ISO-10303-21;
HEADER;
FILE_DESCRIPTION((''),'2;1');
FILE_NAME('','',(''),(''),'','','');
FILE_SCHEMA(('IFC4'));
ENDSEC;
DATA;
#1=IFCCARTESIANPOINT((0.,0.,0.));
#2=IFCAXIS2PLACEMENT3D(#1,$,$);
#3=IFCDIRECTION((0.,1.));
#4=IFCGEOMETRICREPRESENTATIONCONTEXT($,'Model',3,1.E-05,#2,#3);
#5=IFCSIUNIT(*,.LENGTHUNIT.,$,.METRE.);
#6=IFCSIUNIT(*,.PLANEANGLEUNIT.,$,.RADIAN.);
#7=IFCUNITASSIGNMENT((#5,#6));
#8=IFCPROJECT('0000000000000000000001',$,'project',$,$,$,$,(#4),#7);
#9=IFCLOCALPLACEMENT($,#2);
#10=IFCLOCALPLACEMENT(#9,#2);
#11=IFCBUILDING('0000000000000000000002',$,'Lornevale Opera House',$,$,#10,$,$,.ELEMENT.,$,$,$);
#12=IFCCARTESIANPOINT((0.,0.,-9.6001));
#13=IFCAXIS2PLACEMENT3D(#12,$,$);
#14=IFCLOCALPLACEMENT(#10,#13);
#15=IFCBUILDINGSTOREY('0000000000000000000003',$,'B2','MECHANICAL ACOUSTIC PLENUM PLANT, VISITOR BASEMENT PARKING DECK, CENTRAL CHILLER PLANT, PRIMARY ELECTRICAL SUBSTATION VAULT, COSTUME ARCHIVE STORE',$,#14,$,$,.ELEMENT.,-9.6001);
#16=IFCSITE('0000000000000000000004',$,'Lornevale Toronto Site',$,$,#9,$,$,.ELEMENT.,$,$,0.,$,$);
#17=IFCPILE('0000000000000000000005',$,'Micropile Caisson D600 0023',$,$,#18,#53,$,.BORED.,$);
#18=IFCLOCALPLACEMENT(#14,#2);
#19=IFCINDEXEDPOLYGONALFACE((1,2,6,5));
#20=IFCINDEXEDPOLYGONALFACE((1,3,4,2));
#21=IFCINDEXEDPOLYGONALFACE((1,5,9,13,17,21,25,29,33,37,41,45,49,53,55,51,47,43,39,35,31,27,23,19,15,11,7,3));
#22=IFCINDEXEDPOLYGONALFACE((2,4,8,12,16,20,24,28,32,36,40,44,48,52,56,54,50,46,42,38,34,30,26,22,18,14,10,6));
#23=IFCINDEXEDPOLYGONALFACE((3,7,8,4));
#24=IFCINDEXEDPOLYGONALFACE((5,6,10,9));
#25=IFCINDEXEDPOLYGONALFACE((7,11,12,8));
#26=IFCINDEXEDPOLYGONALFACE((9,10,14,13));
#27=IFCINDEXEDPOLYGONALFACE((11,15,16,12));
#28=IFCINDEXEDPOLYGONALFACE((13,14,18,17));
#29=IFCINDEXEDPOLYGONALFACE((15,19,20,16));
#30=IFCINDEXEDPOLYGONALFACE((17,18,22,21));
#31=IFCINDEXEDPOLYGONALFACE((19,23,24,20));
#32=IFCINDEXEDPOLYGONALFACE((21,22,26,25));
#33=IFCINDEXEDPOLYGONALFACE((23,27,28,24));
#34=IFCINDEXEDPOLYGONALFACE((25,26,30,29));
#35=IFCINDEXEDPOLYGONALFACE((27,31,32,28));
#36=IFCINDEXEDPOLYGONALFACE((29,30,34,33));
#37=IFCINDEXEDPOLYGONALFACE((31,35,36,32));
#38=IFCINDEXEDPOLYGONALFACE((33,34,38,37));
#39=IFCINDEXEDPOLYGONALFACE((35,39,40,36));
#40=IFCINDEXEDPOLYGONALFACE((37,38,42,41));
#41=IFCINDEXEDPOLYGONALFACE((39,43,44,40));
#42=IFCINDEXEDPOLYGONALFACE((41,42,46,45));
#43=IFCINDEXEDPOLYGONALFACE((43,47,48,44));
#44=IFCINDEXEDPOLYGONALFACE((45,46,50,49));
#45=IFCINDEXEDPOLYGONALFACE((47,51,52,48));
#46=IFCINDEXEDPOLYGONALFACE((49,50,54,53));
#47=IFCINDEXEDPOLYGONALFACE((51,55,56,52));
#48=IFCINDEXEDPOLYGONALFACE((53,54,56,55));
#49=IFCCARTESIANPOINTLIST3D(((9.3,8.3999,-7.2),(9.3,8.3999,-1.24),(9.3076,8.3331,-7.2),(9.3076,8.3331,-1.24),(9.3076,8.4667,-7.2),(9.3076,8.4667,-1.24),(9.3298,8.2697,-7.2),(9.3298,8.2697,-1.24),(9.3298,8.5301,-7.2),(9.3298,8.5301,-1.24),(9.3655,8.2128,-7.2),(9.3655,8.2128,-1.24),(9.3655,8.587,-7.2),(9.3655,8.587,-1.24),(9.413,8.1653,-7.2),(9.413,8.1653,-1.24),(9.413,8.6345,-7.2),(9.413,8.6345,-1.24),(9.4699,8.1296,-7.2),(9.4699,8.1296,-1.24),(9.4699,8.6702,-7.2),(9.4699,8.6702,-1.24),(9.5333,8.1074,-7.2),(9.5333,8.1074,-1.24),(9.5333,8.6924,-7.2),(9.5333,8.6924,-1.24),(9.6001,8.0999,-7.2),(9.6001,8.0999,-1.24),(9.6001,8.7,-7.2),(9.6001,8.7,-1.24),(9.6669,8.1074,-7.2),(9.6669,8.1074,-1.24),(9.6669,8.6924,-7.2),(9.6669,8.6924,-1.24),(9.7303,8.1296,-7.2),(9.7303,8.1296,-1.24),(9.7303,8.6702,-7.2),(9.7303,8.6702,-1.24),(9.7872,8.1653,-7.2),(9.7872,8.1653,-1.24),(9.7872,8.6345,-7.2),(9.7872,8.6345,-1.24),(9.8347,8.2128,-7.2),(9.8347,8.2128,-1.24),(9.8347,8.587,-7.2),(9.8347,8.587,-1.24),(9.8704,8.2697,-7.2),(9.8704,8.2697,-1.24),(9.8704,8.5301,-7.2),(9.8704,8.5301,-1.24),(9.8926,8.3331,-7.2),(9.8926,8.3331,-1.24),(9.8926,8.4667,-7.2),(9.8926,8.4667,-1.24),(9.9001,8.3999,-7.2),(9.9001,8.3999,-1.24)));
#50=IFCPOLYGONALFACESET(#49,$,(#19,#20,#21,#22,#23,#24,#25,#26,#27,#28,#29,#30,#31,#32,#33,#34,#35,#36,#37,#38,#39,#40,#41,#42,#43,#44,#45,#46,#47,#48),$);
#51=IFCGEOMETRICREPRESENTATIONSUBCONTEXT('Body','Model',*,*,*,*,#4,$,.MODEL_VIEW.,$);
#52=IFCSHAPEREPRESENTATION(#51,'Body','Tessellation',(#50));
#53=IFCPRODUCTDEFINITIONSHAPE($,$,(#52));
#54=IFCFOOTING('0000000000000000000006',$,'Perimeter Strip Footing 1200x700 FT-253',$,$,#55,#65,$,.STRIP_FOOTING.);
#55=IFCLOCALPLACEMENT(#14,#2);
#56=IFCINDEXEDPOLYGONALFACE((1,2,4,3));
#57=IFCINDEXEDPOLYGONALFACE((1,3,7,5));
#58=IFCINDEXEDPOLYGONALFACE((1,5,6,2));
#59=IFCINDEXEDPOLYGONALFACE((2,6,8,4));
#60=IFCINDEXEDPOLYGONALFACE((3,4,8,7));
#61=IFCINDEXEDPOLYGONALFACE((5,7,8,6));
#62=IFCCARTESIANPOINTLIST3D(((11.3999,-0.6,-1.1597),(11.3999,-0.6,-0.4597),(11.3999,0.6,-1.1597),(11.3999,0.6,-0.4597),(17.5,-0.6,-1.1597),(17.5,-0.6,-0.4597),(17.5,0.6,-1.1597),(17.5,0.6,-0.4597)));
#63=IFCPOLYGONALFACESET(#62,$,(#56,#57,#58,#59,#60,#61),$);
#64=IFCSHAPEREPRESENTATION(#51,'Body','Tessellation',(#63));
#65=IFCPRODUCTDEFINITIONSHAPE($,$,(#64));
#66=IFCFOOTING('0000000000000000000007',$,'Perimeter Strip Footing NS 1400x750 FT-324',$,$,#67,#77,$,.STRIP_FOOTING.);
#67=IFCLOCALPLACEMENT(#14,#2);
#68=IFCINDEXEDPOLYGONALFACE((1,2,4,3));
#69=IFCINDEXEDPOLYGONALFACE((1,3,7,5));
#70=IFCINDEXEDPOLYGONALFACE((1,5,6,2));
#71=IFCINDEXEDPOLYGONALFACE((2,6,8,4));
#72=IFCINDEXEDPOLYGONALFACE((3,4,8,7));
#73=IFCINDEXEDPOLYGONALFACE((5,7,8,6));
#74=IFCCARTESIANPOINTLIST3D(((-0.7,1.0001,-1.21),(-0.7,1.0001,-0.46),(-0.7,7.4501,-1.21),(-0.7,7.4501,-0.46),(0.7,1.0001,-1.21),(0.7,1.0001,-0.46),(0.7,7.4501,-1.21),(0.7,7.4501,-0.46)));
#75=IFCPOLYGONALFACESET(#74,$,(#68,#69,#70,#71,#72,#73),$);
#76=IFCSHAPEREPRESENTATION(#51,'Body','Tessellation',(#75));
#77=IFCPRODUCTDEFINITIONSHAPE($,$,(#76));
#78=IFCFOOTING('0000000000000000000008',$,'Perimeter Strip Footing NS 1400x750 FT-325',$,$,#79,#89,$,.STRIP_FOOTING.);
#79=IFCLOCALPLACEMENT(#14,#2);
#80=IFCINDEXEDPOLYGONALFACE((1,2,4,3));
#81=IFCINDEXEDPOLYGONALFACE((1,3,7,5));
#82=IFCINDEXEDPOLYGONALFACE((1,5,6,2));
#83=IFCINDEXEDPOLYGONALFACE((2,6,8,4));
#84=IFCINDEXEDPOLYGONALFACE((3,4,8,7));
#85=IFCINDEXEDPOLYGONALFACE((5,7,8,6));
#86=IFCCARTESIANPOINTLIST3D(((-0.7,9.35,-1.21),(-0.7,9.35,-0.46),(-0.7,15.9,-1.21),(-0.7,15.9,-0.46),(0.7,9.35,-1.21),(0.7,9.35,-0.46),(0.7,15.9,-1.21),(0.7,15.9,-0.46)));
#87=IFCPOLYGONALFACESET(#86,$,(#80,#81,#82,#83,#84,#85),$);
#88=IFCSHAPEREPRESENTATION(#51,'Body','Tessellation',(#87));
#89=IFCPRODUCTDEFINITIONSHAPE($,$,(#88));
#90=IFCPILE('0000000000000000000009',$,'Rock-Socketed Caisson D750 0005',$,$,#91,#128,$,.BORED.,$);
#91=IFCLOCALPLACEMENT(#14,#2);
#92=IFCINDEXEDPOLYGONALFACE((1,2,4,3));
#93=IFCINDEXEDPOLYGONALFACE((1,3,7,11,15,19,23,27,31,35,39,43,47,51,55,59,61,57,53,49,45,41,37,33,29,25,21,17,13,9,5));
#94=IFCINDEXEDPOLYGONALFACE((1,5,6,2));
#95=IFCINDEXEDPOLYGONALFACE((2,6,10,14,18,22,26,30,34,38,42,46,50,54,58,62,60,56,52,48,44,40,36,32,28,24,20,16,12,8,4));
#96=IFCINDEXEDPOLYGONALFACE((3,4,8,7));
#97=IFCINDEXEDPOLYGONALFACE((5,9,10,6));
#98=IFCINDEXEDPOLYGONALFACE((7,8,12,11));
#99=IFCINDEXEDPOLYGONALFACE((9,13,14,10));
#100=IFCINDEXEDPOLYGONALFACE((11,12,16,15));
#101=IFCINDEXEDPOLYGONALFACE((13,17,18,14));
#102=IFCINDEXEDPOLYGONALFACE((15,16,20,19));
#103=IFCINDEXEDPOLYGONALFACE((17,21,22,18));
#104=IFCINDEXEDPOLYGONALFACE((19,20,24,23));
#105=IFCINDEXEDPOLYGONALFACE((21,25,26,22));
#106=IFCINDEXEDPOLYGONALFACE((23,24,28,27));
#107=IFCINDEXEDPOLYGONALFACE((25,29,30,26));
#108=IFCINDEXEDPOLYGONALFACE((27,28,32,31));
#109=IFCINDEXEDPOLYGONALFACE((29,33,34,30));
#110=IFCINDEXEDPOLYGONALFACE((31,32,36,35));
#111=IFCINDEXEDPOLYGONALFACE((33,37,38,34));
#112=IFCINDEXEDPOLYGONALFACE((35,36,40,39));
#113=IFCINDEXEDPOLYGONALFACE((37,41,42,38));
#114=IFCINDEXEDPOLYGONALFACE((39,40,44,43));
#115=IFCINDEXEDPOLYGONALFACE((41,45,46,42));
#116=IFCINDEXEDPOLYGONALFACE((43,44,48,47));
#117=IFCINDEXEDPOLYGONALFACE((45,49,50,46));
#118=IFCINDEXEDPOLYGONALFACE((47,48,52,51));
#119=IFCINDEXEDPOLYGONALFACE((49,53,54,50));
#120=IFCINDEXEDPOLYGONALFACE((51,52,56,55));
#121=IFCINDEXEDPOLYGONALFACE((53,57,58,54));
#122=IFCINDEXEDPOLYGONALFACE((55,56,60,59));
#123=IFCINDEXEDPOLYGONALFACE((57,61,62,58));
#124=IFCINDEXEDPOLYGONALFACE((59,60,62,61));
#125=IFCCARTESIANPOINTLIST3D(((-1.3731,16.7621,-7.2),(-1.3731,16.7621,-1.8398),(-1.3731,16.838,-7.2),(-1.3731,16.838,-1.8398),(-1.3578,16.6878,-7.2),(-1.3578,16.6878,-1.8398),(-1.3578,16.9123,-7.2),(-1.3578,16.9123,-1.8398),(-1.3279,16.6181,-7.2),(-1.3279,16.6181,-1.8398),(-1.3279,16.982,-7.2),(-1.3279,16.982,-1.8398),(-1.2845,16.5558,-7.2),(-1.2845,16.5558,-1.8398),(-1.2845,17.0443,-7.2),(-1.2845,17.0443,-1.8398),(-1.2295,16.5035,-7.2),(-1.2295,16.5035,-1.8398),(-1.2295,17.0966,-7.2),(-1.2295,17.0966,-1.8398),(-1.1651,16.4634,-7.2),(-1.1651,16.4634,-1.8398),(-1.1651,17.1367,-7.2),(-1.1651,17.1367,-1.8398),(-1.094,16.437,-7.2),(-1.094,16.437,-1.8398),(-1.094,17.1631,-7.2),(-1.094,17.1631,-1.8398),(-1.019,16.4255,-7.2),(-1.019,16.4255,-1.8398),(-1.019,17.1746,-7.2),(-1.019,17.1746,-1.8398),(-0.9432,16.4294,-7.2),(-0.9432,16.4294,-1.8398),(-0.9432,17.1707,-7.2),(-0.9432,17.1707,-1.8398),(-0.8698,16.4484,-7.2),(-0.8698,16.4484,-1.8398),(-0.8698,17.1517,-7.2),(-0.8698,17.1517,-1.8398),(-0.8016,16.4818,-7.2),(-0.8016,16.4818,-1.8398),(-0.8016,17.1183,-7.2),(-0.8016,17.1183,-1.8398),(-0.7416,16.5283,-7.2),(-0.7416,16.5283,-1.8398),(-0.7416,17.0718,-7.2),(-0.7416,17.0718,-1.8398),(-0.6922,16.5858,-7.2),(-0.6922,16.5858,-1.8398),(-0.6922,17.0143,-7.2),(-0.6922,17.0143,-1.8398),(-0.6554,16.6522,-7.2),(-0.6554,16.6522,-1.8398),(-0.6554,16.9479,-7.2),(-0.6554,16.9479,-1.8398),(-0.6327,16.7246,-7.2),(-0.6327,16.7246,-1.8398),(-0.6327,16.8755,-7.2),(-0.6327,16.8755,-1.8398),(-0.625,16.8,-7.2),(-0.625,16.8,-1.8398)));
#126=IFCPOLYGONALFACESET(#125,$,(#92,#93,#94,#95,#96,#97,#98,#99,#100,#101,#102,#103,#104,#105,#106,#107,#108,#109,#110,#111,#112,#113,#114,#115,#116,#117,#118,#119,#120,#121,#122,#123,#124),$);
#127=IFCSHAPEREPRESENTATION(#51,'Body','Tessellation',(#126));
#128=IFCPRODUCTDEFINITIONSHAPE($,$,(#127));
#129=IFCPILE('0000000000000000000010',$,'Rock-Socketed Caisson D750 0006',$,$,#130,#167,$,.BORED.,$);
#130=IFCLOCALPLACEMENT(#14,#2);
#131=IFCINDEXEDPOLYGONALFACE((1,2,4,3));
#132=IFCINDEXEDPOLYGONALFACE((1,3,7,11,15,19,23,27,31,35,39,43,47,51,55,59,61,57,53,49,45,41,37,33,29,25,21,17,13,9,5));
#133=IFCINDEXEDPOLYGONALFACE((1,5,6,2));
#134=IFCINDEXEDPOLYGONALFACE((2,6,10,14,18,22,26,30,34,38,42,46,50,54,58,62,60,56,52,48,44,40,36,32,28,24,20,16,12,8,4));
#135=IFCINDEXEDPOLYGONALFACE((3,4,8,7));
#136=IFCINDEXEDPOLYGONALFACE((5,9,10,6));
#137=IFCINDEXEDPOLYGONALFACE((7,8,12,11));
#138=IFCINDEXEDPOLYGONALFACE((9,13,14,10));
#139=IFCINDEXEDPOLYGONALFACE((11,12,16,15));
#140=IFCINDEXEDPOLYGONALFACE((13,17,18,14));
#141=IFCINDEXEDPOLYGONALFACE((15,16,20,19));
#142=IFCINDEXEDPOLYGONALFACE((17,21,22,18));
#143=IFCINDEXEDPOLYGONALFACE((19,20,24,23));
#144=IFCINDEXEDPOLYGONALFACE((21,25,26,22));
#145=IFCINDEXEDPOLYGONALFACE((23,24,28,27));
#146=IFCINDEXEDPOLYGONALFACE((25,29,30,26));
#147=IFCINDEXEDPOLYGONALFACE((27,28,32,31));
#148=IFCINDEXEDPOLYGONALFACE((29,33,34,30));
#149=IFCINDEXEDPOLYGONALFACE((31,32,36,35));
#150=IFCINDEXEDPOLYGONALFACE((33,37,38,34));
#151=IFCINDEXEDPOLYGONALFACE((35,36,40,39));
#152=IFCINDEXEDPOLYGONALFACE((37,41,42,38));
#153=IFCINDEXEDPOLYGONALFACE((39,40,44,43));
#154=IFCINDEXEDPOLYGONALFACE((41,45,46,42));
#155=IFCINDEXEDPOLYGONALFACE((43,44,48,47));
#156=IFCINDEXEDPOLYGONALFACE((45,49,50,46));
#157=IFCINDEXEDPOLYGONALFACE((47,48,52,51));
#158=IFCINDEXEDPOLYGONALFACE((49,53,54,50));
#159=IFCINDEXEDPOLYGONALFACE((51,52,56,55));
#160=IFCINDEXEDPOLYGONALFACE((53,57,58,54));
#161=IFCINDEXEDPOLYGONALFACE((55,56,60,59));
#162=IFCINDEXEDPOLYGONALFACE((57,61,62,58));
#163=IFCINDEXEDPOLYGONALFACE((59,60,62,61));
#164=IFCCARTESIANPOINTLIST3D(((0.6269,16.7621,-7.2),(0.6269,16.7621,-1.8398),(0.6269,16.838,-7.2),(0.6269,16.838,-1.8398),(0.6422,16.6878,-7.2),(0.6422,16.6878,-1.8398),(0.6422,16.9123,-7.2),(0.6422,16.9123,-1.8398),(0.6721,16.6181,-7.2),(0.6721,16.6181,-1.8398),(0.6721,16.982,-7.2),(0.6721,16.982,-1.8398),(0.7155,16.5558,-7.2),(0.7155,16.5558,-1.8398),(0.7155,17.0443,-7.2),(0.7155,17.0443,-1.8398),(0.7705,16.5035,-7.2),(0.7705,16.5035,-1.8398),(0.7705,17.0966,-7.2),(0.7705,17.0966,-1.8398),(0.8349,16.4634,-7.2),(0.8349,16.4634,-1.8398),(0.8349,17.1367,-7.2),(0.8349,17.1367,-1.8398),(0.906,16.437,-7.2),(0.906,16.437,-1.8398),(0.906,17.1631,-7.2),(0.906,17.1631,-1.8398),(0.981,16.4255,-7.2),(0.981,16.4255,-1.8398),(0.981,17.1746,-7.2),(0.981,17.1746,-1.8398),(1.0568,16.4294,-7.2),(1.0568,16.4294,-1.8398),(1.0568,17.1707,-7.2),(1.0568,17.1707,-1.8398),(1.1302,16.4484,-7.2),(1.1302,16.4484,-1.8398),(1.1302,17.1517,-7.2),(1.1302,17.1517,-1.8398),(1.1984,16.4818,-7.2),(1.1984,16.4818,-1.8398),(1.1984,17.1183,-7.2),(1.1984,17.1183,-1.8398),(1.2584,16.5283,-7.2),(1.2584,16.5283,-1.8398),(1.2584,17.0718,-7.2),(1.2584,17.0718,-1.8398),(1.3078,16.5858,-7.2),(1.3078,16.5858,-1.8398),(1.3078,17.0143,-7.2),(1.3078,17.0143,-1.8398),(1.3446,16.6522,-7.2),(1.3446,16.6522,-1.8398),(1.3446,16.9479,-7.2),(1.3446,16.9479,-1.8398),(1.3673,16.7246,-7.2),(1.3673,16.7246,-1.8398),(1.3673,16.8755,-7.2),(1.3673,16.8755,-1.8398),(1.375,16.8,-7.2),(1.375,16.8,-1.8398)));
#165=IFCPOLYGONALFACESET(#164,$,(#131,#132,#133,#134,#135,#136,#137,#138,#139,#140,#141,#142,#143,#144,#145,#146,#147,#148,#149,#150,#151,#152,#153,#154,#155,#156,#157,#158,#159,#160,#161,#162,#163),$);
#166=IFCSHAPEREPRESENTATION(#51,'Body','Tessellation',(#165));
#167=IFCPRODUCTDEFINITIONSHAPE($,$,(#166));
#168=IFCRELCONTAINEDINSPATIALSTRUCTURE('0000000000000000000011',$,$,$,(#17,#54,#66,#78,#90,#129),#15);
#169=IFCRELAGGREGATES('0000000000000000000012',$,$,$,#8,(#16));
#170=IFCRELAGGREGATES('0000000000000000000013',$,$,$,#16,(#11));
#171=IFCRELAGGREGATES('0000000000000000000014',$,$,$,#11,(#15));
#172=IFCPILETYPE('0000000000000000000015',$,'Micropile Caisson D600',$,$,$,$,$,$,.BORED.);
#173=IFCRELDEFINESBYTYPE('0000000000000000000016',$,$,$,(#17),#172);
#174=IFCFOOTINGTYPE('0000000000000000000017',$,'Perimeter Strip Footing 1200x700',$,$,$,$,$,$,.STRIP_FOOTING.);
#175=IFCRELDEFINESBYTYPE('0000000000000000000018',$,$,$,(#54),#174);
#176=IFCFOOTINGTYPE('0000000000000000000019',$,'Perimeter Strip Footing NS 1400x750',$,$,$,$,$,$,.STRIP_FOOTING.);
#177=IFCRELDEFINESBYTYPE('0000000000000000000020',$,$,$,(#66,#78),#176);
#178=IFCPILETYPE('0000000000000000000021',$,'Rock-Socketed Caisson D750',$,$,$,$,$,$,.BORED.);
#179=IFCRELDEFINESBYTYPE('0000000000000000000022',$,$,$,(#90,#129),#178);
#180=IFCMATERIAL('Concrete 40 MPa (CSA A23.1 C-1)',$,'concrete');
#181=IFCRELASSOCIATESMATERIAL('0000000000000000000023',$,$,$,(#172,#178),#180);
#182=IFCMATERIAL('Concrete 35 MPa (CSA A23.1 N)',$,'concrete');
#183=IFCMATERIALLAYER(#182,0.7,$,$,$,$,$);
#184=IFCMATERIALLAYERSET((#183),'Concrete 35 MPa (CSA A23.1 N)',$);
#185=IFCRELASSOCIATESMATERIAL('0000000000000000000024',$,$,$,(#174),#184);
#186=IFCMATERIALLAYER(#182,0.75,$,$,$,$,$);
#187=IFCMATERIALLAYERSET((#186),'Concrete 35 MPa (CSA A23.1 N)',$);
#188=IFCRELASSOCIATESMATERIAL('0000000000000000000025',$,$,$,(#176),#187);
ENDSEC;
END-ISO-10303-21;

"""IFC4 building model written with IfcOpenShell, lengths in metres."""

from ifc_helpers import new_model, si_unit, direction, frame, origin, origin_2d, place, context, subcontext, project, spatial, rectangle, circle, extrude, material, layer, layer_set, material_profile, profile_set, type_object, element, save


model = new_model("IFC4")

# Units and contexts
model_context = context("Model", 3, precision=1e-05, world=origin(), true_north=direction((0.0, 1.0)))
body_context = subcontext(model_context, "Body", "Model", "MODEL_VIEW")
ifc_project = project(units=[si_unit("LENGTHUNIT", "METRE"), si_unit("PLANEANGLEUNIT", "RADIAN")], contexts=[model_context])

# Site, building, storey
site_placement = place(None, origin())
site = spatial("IfcSite", under=ifc_project, at=site_placement, Name="Lornevale Toronto Site", CompositionType="ELEMENT", RefElevation=0.0)
building_placement = place(site_placement, origin())
building = spatial("IfcBuilding", under=site, at=building_placement, Name="Lornevale Opera House", CompositionType="ELEMENT")
storey_placement = place(building_placement, frame((0.0, 0.0, -9.6001)))
storey = spatial("IfcBuildingStorey", under=building, at=storey_placement, Name="B2", Description="MECHANICAL ACOUSTIC PLENUM PLANT, VISITOR BASEMENT PARKING DECK, CENTRAL CHILLER PLANT, PRIMARY ELECTRICAL SUBSTATION VAULT, COSTUME ARCHIVE STORE", CompositionType="ELEMENT", Elevation=-9.6001)

# Pile
ifc_material_1 = material(Name="Concrete 40 MPa (CSA A23.1 C-1)", Category="concrete")
ifc_material_profile_1 = material_profile(ifc_material_1, circle(Radius=0.3, at=origin_2d()), Name="CAIS600")
ifc_profile_set_1 = profile_set([ifc_material_profile_1], Name="Concrete 40 MPa (CSA A23.1 C-1)")
pile_type_1 = type_object("IfcPileType", Name="Micropile Caisson D600", PredefinedType="BORED", material=ifc_profile_set_1)
pile_placement = place(storey_placement, frame((9.6001, 8.3999, -1.24), z_axis=(0.0, 0.0, -1.0), x_axis=(1.0, 0.0, 0.0)))
element("IfcPile", 1, at=pile_placement, inside=storey, type_object=pile_type_1, Name="Micropile Caisson D600 0023", PredefinedType="BORED", context=body_context, shape_type="SweptSolid", body=[
    extrude(circle(Radius=0.3, at=origin_2d()), origin(), (0.0, 0.0, 1.0), 5.96),
])

# Footings
ifc_material_2 = material(Name="Concrete 35 MPa (CSA A23.1 N)", Category="concrete")
ifc_layer_1 = layer(ifc_material_2, 0.7)
ifc_layer_set_1 = layer_set([ifc_layer_1], Name="Concrete 35 MPa (CSA A23.1 N)")
footing_type_1 = type_object("IfcFootingType", Name="Perimeter Strip Footing 1200x700", PredefinedType="STRIP_FOOTING", material=ifc_layer_set_1)
footing_1_placement = place(storey_placement, frame((14.45, 0.0, -1.1597), z_axis=(0.0, 0.0, 1.0), x_axis=(1.0, 0.0, 0.0)))
element("IfcFooting", 2, at=footing_1_placement, inside=storey, type_object=footing_type_1, Name="Perimeter Strip Footing 1200x700 FT-253", PredefinedType="STRIP_FOOTING", context=body_context, shape_type="SweptSolid", body=[
    extrude(rectangle(XDim=6.1001, YDim=1.2, at=origin_2d()), origin(), (0.0, 0.0, 1.0), 0.7),
])
ifc_layer_2 = layer(ifc_material_2, 0.75)
ifc_layer_set_2 = layer_set([ifc_layer_2], Name="Concrete 35 MPa (CSA A23.1 N)")
footing_type_2 = type_object("IfcFootingType", Name="Perimeter Strip Footing NS 1400x750", PredefinedType="STRIP_FOOTING", material=ifc_layer_set_2)
footing_2_placement = place(storey_placement, frame((0.0, 4.2251, -1.21), z_axis=(0.0, 0.0, 1.0), x_axis=(1.0, 0.0, 0.0)))
element("IfcFooting", 3, at=footing_2_placement, inside=storey, type_object=footing_type_2, Name="Perimeter Strip Footing NS 1400x750 FT-324", PredefinedType="STRIP_FOOTING", context=body_context, shape_type="SweptSolid", body=[
    extrude(rectangle(XDim=1.3999, YDim=6.45, at=origin_2d()), origin(), (0.0, 0.0, 1.0), 0.75),
])
footing_3_placement = place(storey_placement, frame((0.0, 12.625, -1.21), z_axis=(0.0, 0.0, 1.0), x_axis=(1.0, 0.0, 0.0)))
element("IfcFooting", 4, at=footing_3_placement, inside=storey, type_object=footing_type_2, Name="Perimeter Strip Footing NS 1400x750 FT-325", PredefinedType="STRIP_FOOTING", context=body_context, shape_type="SweptSolid", body=[
    extrude(rectangle(XDim=1.3999, YDim=6.55, at=origin_2d()), origin(), (0.0, 0.0, 1.0), 0.75),
])

# Piles
ifc_material_profile_2 = material_profile(ifc_material_1, circle(Radius=0.375, at=origin_2d()), Name="CAIS750")
ifc_profile_set_2 = profile_set([ifc_material_profile_2], Name="Concrete 40 MPa (CSA A23.1 C-1)")
pile_type_2 = type_object("IfcPileType", Name="Rock-Socketed Caisson D750", PredefinedType="BORED", material=ifc_profile_set_2)
for number, where, z_axis, x_axis, name in (
    (5, (-1.0, 16.8, -1.8398), (0.0, 0.0, -1.0), (1.0, 0.0, 0.0), "Rock-Socketed Caisson D750 0005"),
    (6, (1.0, 16.8, -1.8398), (0.0, 0.0, -1.0), (1.0, 0.0, 0.0), "Rock-Socketed Caisson D750 0006"),
):
    element("IfcPile", number, at=place(storey_placement, frame(where, z_axis=z_axis, x_axis=x_axis)), inside=storey, type_object=pile_type_2, Name=name, PredefinedType="BORED", context=body_context, shape_type="SweptSolid", body=[
        extrude(circle(Radius=0.375, at=origin_2d()), origin(), (0.0, 0.0, 1.0), 5.3601),
    ])

save(model, "model.ifc")
